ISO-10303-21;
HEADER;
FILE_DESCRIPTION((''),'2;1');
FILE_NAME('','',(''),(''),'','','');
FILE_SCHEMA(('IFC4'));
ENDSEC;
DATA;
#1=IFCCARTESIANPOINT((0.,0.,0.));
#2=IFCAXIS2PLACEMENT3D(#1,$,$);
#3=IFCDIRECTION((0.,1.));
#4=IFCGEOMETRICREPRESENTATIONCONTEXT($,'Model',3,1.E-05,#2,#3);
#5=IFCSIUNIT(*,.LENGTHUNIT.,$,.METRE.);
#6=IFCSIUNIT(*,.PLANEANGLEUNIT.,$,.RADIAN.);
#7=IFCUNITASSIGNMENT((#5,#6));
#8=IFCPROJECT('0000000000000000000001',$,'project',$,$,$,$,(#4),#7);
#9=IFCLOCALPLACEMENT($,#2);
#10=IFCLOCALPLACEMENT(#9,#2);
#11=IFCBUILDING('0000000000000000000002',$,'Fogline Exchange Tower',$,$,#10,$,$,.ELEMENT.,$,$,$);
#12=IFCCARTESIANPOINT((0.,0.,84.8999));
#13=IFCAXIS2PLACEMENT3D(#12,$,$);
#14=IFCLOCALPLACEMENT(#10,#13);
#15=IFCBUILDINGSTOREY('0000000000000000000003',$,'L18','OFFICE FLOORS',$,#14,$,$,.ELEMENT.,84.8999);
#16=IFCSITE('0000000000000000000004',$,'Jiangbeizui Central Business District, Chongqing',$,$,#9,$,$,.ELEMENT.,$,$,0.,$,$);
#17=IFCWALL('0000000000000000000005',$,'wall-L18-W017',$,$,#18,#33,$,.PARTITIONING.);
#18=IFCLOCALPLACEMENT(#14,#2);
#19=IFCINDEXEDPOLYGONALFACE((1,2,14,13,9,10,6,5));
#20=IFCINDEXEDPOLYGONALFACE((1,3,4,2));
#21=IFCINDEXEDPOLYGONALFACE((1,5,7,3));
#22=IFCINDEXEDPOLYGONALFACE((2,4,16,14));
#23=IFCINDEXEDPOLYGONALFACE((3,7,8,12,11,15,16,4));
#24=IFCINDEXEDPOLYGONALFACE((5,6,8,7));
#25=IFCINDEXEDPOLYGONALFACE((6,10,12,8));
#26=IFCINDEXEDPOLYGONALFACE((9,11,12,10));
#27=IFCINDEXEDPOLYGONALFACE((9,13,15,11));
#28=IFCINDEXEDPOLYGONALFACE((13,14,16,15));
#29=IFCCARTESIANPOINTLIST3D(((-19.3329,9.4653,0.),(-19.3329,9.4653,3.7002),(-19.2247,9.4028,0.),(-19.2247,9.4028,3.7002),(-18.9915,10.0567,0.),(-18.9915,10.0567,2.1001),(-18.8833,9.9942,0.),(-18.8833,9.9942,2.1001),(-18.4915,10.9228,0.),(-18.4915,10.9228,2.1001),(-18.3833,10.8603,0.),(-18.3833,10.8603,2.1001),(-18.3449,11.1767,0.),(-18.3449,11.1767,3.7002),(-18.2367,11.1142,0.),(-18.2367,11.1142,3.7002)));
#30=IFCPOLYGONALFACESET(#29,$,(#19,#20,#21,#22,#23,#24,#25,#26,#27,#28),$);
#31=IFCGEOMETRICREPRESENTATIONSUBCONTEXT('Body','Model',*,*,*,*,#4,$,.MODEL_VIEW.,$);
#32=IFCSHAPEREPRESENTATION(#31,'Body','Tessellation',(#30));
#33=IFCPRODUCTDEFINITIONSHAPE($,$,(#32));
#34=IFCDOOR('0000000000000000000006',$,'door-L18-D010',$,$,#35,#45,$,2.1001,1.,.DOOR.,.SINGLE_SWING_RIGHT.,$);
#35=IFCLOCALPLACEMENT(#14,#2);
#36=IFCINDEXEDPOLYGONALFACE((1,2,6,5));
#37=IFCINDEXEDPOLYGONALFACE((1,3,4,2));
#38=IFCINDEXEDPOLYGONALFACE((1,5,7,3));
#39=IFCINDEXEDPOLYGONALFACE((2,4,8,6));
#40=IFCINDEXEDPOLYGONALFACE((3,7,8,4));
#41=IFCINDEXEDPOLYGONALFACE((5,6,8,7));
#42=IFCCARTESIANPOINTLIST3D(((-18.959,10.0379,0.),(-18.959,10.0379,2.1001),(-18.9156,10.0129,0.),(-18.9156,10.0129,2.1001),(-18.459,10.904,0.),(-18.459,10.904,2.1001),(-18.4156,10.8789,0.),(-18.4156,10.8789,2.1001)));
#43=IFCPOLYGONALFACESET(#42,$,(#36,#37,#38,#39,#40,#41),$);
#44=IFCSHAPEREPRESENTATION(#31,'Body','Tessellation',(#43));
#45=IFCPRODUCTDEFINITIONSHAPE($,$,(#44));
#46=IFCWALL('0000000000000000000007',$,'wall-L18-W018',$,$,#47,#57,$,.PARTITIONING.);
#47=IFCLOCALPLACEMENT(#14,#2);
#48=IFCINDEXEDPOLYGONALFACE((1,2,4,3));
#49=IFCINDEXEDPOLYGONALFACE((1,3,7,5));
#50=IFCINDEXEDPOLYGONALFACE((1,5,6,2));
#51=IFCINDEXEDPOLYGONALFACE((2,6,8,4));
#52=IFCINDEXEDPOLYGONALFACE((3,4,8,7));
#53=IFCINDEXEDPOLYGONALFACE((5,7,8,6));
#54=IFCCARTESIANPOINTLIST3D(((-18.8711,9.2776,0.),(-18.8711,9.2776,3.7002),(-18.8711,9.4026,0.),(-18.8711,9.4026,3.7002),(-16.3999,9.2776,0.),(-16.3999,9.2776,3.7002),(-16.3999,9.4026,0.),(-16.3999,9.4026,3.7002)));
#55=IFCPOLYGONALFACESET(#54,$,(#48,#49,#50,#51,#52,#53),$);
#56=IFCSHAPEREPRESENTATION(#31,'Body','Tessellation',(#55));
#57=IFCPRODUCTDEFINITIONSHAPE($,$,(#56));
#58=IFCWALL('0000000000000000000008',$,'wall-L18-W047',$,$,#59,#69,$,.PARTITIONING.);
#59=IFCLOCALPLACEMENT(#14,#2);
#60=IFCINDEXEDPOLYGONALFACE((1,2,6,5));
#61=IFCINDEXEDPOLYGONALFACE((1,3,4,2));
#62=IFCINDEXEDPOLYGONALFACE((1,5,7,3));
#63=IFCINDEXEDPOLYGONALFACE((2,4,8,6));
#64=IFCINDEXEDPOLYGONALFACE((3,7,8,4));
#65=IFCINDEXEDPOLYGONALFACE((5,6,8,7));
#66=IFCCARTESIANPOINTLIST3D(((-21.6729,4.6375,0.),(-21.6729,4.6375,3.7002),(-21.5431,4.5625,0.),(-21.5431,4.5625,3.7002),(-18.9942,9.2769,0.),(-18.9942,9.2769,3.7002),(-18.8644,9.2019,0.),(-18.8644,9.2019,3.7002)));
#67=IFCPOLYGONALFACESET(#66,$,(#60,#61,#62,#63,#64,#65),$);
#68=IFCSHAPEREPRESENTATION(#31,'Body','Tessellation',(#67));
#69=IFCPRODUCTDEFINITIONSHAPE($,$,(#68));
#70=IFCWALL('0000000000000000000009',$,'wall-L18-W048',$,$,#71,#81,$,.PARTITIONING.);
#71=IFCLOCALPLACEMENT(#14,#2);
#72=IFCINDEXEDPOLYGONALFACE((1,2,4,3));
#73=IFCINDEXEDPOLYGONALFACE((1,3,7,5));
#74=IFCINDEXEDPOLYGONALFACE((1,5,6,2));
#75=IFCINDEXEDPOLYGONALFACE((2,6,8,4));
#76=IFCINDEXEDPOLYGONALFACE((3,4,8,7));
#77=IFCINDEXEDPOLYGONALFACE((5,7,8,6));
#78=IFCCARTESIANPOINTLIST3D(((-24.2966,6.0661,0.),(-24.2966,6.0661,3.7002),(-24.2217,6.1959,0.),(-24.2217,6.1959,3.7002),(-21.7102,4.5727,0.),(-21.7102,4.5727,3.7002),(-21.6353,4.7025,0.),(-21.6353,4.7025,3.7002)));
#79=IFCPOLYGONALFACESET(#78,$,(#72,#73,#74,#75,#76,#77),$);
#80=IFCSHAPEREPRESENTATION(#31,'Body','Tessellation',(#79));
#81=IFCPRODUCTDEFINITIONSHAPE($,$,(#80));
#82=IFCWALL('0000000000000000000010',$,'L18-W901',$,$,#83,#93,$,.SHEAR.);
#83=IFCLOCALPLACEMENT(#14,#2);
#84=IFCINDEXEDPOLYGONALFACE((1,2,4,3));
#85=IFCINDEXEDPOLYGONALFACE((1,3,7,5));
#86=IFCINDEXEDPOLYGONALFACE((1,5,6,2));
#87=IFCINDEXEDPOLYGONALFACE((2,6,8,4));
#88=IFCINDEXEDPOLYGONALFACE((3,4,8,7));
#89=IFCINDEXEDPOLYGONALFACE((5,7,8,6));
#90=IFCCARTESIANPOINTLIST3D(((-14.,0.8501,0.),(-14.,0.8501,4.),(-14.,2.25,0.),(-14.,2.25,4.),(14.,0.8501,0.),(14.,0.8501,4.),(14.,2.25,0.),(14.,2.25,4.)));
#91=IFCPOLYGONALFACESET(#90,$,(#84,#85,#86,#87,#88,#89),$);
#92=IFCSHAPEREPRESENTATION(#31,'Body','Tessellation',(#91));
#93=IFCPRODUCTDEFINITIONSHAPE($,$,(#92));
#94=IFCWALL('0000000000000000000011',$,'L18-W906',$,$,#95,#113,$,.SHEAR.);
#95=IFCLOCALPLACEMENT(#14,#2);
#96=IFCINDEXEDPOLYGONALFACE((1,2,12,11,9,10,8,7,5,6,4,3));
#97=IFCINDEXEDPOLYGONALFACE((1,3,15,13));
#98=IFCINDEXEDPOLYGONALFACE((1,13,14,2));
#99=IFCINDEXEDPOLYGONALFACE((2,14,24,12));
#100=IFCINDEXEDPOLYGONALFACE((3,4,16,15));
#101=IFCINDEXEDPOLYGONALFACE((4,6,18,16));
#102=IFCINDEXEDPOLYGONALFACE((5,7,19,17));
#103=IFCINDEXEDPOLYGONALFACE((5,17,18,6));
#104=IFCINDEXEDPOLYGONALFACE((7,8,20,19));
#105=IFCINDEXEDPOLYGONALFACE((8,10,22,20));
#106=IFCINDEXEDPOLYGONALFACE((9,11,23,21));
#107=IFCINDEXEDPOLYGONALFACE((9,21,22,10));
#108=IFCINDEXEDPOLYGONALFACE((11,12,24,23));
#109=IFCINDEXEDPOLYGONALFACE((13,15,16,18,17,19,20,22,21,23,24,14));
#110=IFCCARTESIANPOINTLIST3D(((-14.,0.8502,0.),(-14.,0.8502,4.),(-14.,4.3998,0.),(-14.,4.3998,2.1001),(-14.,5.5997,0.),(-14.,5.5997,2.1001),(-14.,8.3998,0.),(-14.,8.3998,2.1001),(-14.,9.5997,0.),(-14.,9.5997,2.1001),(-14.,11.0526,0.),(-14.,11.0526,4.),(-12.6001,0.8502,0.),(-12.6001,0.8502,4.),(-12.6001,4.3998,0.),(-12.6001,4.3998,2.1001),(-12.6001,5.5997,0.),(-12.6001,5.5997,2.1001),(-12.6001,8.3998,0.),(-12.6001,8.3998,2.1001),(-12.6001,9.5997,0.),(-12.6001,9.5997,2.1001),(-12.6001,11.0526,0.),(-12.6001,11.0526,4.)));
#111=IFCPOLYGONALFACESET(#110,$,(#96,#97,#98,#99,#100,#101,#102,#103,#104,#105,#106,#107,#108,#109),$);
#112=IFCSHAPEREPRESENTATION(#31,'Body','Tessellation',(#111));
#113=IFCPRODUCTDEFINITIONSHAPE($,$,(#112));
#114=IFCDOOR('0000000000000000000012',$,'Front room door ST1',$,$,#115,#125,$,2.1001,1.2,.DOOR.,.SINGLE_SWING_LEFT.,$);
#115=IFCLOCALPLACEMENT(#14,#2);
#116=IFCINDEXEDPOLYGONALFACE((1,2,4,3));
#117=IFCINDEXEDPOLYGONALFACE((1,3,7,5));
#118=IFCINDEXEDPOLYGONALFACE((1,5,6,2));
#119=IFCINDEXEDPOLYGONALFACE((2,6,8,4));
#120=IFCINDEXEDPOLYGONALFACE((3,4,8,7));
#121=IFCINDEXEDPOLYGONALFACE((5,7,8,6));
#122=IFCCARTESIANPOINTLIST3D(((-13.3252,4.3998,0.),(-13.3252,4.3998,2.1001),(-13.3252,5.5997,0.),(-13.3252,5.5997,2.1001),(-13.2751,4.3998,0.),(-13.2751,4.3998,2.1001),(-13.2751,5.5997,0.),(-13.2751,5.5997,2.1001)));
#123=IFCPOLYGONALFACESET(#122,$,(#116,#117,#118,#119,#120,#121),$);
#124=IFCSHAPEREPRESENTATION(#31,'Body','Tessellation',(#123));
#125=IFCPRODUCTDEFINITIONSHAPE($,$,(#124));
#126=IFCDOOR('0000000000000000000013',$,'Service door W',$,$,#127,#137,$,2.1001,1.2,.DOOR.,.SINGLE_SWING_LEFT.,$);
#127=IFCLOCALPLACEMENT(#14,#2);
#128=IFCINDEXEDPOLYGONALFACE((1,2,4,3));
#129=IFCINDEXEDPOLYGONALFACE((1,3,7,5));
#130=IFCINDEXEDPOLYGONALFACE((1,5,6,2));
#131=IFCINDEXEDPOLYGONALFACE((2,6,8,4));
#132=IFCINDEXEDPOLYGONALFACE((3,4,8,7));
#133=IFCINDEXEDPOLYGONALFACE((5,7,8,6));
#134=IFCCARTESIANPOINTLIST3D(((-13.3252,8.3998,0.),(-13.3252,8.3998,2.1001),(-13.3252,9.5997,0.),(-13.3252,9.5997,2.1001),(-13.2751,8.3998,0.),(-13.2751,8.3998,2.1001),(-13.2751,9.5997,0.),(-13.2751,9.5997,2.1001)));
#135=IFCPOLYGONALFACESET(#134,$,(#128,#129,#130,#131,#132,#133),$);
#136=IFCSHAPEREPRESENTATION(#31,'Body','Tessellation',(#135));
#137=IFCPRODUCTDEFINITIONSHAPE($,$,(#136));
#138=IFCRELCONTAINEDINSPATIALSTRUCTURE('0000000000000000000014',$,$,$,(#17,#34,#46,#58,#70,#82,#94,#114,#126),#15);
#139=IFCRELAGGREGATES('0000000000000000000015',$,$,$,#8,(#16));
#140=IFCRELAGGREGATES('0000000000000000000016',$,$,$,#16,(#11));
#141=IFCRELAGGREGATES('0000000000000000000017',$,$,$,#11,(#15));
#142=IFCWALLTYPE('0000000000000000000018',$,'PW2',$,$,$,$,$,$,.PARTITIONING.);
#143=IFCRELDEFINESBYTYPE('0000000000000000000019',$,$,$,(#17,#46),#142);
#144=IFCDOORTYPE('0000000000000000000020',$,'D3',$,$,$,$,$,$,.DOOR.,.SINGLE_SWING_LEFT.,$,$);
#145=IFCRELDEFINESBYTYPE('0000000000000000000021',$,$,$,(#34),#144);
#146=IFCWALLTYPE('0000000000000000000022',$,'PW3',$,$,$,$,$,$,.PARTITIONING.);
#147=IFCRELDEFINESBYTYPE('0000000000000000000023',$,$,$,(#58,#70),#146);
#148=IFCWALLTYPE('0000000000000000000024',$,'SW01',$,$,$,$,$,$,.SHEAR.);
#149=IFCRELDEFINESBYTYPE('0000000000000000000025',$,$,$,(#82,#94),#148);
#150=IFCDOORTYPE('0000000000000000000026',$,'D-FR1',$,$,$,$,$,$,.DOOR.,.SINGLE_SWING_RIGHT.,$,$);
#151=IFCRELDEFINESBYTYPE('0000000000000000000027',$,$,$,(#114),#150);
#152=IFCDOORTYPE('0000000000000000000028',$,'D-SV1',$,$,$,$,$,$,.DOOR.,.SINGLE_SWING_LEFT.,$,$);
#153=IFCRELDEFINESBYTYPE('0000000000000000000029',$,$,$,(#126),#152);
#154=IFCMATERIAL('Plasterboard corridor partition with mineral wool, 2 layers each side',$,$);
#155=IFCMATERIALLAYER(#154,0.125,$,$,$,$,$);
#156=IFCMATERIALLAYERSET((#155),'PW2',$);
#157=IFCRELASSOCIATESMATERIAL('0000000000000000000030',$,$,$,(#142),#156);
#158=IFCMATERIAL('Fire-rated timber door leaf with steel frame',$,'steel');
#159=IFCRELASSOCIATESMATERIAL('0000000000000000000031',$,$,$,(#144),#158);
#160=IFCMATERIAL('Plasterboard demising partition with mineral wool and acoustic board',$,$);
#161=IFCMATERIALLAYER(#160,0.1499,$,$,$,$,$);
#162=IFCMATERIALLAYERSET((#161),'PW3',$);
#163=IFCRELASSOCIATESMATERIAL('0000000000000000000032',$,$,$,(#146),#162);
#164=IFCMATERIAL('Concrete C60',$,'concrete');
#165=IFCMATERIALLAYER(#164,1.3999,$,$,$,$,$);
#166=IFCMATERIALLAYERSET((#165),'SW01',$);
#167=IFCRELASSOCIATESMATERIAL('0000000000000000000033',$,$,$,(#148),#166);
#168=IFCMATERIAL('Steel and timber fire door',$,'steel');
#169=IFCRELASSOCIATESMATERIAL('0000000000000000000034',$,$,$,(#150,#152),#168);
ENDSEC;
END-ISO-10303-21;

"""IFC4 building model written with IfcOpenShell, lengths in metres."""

from ifc_helpers import new_model, si_unit, direction, frame, frame_2d, origin, place, context, subcontext, project, spatial, rectangle, extrude, material, layer, layer_set, type_object, element, fill, save


model = new_model("IFC4")

# Units and contexts
model_context = context("Model", 3, precision=1e-05, world=origin(), true_north=direction((0.0, 1.0)))
body_context = subcontext(model_context, "Body", "Model", "MODEL_VIEW")
ifc_project = project(units=[si_unit("LENGTHUNIT", "METRE"), si_unit("PLANEANGLEUNIT", "RADIAN")], contexts=[model_context])

# Site, building, storey
site_placement = place(None, origin())
site = spatial("IfcSite", under=ifc_project, at=site_placement, Name="Jiangbeizui Central Business District, Chongqing", CompositionType="ELEMENT", RefElevation=0.0)
building_placement = place(site_placement, origin())
building = spatial("IfcBuilding", under=site, at=building_placement, Name="Fogline Exchange Tower", CompositionType="ELEMENT")
storey_placement = place(building_placement, frame((0.0, 0.0, 84.8999)))
storey = spatial("IfcBuildingStorey", under=building, at=storey_placement, Name="L18", Description="OFFICE FLOORS", CompositionType="ELEMENT", Elevation=84.8999)

# Shared definitions
ifc_material_1 = material(Name="Plasterboard corridor partition with mineral wool, 2 layers each side")
ifc_layer_1 = layer(ifc_material_1, 0.125)
ifc_layer_set_1 = layer_set([ifc_layer_1], Name="PW2")
wall_type_1 = type_object("IfcWallType", Name="PW2", PredefinedType="PARTITIONING", material=ifc_layer_set_1)

# Shared definitions
ifc_material_2 = material(Name="Fire-rated timber door leaf with steel frame", Category="steel")
door_type_1 = type_object("IfcDoorType", Name="D3", OperationType="SINGLE_SWING_LEFT", PredefinedType="DOOR", material=ifc_material_2)

# Wall, opening, door
wall_1_placement = place(storey_placement, frame((-19.2788, 9.4341, 0.0), z_axis=(0.0, 0.0, 1.0), x_axis=(0.499979, 0.866037, 0.0)))
wall_1 = element("IfcWall", 1, at=wall_1_placement, inside=storey, type_object=wall_type_1, Name="wall-L18-W017", PredefinedType="PARTITIONING", context=body_context, shape_type="SweptSolid", body=[
    extrude(rectangle(XDim=1.9761, YDim=0.125, at=frame_2d((0.988, 0.0))), origin(), (0.0, 0.0, 1.0), 3.7002),
])
opening_1_placement = place(wall_1_placement, frame((0.6829, 0.0, 0.0)))
opening_1 = element("IfcOpeningElement", 2, at=opening_1_placement, cuts=wall_1, PredefinedType="OPENING", context=body_context, shape_type="SweptSolid", body=[
    extrude(rectangle(XDim=1.0, YDim=2.1001, at=frame_2d((0.5, 1.05))), frame((0.0, 0.0725, 0.0), z_axis=(0.0, -1.0, 0.0), x_axis=(1.0, 0.0, 0.0)), (0.0, 0.0, 1.0), 0.145),
])
door_1_placement = place(opening_1_placement, origin())
door_1 = element("IfcDoor", 3, at=door_1_placement, inside=storey, type_object=door_type_1, Name="door-L18-D010", OperationType="SINGLE_SWING_RIGHT", OverallHeight=2.1001, OverallWidth=1.0, PredefinedType="DOOR", context=body_context, shape_type="SweptSolid", body=[
    extrude(rectangle(XDim=1.0, YDim=2.1001, at=frame_2d((0.5, 1.05))), frame((0.0, 0.0249, 0.0), z_axis=(0.0, -1.0, 0.0), x_axis=(1.0, 0.0, 0.0)), (0.0, 0.0, 1.0), 0.05),
])
fill(opening_1, door_1)

# Walls
wall_2_placement = place(storey_placement, frame((-16.3999, 9.3401, 0.0), z_axis=(0.0, 0.0, 1.0), x_axis=(-1.0, 0.0, 0.0)))
element("IfcWall", 4, at=wall_2_placement, inside=storey, type_object=wall_type_1, Name="wall-L18-W018", PredefinedType="PARTITIONING", context=body_context, shape_type="SweptSolid", body=[
    extrude(rectangle(XDim=2.4712, YDim=0.125, at=frame_2d((1.2356, 0.0))), origin(), (0.0, 0.0, 1.0), 3.7002),
])
ifc_material_3 = material(Name="Plasterboard demising partition with mineral wool and acoustic board")
ifc_layer_2 = layer(ifc_material_3, 0.1499)
ifc_layer_set_2 = layer_set([ifc_layer_2], Name="PW3")
wall_type_2 = type_object("IfcWallType", Name="PW3", PredefinedType="PARTITIONING", material=ifc_layer_set_2)
wall_3_placement = place(storey_placement, frame((-18.9292, 9.2395, 0.0), z_axis=(0.0, 0.0, 1.0), x_axis=(-0.500021, -0.866013, 0.0)))
element("IfcWall", 5, at=wall_3_placement, inside=storey, type_object=wall_type_2, Name="wall-L18-W047", PredefinedType="PARTITIONING", context=body_context, shape_type="SweptSolid", body=[
    extrude(rectangle(XDim=5.3572, YDim=0.1499, at=frame_2d((2.6787, 0.0))), origin(), (0.0, 0.0, 1.0), 3.7002),
])
wall_4_placement = place(storey_placement, frame((-21.6729, 4.6377, 0.0), z_axis=(0.0, 0.0, 1.0), x_axis=(-0.866006, 0.500034, 0.0)))
element("IfcWall", 6, at=wall_4_placement, inside=storey, type_object=wall_type_2, Name="wall-L18-W048", PredefinedType="PARTITIONING", context=body_context, shape_type="SweptSolid", body=[
    extrude(rectangle(XDim=2.9866, YDim=0.1499, at=frame_2d((1.4932, 0.0))), origin(), (0.0, 0.0, 1.0), 3.7002),
])
ifc_material_4 = material(Name="Concrete C60", Category="concrete")
ifc_layer_3 = layer(ifc_material_4, 1.3999)
ifc_layer_set_3 = layer_set([ifc_layer_3], Name="SW01")
wall_type_3 = type_object("IfcWallType", Name="SW01", PredefinedType="SHEAR", material=ifc_layer_set_3)
wall_5_placement = place(storey_placement, frame((-14.0, 1.55, 0.0), z_axis=(0.0, 0.0, 1.0), x_axis=(1.0, 0.0, 0.0)))
element("IfcWall", 7, at=wall_5_placement, inside=storey, type_object=wall_type_3, Name="L18-W901", PredefinedType="SHEAR", context=body_context, shape_type="SweptSolid", body=[
    extrude(rectangle(XDim=28.0, YDim=1.3999, at=frame_2d((14.0, 0.0))), origin(), (0.0, 0.0, 1.0), 4.0),
])

# Wall, openings, doors
wall_6_placement = place(storey_placement, frame((-13.3, 11.0525, 0.0), z_axis=(0.0, 0.0, 1.0), x_axis=(0.0, -1.0, 0.0)))
wall_6 = element("IfcWall", 8, at=wall_6_placement, inside=storey, type_object=wall_type_3, Name="L18-W906", PredefinedType="SHEAR", context=body_context, shape_type="SweptSolid", body=[
    extrude(rectangle(XDim=10.2024, YDim=1.3999, at=frame_2d((5.1011, 0.0))), origin(), (0.0, 0.0, 1.0), 4.0),
])
opening_2_placement = place(wall_6_placement, frame((5.4526, 0.0, 0.0)))
opening_2 = element("IfcOpeningElement", 9, at=opening_2_placement, cuts=wall_6, PredefinedType="OPENING", context=body_context, shape_type="SweptSolid", body=[
    extrude(rectangle(XDim=1.2, YDim=2.1001, at=frame_2d((0.6001, 1.05))), frame((0.0, 0.71, 0.0), z_axis=(0.0, -1.0, 0.0), x_axis=(1.0, 0.0, 0.0)), (0.0, 0.0, 1.0), 1.4199),
])
opening_3_placement = place(wall_6_placement, frame((1.4526, 0.0, 0.0)))
opening_3 = element("IfcOpeningElement", 10, at=opening_3_placement, cuts=wall_6, PredefinedType="OPENING", context=body_context, shape_type="SweptSolid", body=[
    extrude(rectangle(XDim=1.2, YDim=2.1001, at=frame_2d((0.6001, 1.05))), frame((0.0, 0.71, 0.0), z_axis=(0.0, -1.0, 0.0), x_axis=(1.0, 0.0, 0.0)), (0.0, 0.0, 1.0), 1.4199),
])
ifc_material_5 = material(Name="Steel and timber fire door", Category="steel")
door_type_2 = type_object("IfcDoorType", Name="D-FR1", OperationType="SINGLE_SWING_RIGHT", PredefinedType="DOOR", material=ifc_material_5)
door_2_placement = place(opening_2_placement, origin())
door_2 = element("IfcDoor", 11, at=door_2_placement, inside=storey, type_object=door_type_2, Name="Front room door ST1", OperationType="SINGLE_SWING_LEFT", OverallHeight=2.1001, OverallWidth=1.2, PredefinedType="DOOR", context=body_context, shape_type="SweptSolid", body=[
    extrude(rectangle(XDim=1.2, YDim=2.1001, at=frame_2d((0.6001, 1.05))), frame((0.0, 0.0249, 0.0), z_axis=(0.0, -1.0, 0.0), x_axis=(1.0, 0.0, 0.0)), (0.0, 0.0, 1.0), 0.05),
])
fill(opening_2, door_2)
door_type_3 = type_object("IfcDoorType", Name="D-SV1", OperationType="SINGLE_SWING_LEFT", PredefinedType="DOOR", material=ifc_material_5)
door_3_placement = place(opening_3_placement, origin())
door_3 = element("IfcDoor", 12, at=door_3_placement, inside=storey, type_object=door_type_3, Name="Service door W", OperationType="SINGLE_SWING_LEFT", OverallHeight=2.1001, OverallWidth=1.2, PredefinedType="DOOR", context=body_context, shape_type="SweptSolid", body=[
    extrude(rectangle(XDim=1.2, YDim=2.1001, at=frame_2d((0.6001, 1.05))), frame((0.0, 0.0249, 0.0), z_axis=(0.0, -1.0, 0.0), x_axis=(1.0, 0.0, 0.0)), (0.0, 0.0, 1.0), 0.05),
])
fill(opening_3, door_3)

save(model, "model.ifc")
